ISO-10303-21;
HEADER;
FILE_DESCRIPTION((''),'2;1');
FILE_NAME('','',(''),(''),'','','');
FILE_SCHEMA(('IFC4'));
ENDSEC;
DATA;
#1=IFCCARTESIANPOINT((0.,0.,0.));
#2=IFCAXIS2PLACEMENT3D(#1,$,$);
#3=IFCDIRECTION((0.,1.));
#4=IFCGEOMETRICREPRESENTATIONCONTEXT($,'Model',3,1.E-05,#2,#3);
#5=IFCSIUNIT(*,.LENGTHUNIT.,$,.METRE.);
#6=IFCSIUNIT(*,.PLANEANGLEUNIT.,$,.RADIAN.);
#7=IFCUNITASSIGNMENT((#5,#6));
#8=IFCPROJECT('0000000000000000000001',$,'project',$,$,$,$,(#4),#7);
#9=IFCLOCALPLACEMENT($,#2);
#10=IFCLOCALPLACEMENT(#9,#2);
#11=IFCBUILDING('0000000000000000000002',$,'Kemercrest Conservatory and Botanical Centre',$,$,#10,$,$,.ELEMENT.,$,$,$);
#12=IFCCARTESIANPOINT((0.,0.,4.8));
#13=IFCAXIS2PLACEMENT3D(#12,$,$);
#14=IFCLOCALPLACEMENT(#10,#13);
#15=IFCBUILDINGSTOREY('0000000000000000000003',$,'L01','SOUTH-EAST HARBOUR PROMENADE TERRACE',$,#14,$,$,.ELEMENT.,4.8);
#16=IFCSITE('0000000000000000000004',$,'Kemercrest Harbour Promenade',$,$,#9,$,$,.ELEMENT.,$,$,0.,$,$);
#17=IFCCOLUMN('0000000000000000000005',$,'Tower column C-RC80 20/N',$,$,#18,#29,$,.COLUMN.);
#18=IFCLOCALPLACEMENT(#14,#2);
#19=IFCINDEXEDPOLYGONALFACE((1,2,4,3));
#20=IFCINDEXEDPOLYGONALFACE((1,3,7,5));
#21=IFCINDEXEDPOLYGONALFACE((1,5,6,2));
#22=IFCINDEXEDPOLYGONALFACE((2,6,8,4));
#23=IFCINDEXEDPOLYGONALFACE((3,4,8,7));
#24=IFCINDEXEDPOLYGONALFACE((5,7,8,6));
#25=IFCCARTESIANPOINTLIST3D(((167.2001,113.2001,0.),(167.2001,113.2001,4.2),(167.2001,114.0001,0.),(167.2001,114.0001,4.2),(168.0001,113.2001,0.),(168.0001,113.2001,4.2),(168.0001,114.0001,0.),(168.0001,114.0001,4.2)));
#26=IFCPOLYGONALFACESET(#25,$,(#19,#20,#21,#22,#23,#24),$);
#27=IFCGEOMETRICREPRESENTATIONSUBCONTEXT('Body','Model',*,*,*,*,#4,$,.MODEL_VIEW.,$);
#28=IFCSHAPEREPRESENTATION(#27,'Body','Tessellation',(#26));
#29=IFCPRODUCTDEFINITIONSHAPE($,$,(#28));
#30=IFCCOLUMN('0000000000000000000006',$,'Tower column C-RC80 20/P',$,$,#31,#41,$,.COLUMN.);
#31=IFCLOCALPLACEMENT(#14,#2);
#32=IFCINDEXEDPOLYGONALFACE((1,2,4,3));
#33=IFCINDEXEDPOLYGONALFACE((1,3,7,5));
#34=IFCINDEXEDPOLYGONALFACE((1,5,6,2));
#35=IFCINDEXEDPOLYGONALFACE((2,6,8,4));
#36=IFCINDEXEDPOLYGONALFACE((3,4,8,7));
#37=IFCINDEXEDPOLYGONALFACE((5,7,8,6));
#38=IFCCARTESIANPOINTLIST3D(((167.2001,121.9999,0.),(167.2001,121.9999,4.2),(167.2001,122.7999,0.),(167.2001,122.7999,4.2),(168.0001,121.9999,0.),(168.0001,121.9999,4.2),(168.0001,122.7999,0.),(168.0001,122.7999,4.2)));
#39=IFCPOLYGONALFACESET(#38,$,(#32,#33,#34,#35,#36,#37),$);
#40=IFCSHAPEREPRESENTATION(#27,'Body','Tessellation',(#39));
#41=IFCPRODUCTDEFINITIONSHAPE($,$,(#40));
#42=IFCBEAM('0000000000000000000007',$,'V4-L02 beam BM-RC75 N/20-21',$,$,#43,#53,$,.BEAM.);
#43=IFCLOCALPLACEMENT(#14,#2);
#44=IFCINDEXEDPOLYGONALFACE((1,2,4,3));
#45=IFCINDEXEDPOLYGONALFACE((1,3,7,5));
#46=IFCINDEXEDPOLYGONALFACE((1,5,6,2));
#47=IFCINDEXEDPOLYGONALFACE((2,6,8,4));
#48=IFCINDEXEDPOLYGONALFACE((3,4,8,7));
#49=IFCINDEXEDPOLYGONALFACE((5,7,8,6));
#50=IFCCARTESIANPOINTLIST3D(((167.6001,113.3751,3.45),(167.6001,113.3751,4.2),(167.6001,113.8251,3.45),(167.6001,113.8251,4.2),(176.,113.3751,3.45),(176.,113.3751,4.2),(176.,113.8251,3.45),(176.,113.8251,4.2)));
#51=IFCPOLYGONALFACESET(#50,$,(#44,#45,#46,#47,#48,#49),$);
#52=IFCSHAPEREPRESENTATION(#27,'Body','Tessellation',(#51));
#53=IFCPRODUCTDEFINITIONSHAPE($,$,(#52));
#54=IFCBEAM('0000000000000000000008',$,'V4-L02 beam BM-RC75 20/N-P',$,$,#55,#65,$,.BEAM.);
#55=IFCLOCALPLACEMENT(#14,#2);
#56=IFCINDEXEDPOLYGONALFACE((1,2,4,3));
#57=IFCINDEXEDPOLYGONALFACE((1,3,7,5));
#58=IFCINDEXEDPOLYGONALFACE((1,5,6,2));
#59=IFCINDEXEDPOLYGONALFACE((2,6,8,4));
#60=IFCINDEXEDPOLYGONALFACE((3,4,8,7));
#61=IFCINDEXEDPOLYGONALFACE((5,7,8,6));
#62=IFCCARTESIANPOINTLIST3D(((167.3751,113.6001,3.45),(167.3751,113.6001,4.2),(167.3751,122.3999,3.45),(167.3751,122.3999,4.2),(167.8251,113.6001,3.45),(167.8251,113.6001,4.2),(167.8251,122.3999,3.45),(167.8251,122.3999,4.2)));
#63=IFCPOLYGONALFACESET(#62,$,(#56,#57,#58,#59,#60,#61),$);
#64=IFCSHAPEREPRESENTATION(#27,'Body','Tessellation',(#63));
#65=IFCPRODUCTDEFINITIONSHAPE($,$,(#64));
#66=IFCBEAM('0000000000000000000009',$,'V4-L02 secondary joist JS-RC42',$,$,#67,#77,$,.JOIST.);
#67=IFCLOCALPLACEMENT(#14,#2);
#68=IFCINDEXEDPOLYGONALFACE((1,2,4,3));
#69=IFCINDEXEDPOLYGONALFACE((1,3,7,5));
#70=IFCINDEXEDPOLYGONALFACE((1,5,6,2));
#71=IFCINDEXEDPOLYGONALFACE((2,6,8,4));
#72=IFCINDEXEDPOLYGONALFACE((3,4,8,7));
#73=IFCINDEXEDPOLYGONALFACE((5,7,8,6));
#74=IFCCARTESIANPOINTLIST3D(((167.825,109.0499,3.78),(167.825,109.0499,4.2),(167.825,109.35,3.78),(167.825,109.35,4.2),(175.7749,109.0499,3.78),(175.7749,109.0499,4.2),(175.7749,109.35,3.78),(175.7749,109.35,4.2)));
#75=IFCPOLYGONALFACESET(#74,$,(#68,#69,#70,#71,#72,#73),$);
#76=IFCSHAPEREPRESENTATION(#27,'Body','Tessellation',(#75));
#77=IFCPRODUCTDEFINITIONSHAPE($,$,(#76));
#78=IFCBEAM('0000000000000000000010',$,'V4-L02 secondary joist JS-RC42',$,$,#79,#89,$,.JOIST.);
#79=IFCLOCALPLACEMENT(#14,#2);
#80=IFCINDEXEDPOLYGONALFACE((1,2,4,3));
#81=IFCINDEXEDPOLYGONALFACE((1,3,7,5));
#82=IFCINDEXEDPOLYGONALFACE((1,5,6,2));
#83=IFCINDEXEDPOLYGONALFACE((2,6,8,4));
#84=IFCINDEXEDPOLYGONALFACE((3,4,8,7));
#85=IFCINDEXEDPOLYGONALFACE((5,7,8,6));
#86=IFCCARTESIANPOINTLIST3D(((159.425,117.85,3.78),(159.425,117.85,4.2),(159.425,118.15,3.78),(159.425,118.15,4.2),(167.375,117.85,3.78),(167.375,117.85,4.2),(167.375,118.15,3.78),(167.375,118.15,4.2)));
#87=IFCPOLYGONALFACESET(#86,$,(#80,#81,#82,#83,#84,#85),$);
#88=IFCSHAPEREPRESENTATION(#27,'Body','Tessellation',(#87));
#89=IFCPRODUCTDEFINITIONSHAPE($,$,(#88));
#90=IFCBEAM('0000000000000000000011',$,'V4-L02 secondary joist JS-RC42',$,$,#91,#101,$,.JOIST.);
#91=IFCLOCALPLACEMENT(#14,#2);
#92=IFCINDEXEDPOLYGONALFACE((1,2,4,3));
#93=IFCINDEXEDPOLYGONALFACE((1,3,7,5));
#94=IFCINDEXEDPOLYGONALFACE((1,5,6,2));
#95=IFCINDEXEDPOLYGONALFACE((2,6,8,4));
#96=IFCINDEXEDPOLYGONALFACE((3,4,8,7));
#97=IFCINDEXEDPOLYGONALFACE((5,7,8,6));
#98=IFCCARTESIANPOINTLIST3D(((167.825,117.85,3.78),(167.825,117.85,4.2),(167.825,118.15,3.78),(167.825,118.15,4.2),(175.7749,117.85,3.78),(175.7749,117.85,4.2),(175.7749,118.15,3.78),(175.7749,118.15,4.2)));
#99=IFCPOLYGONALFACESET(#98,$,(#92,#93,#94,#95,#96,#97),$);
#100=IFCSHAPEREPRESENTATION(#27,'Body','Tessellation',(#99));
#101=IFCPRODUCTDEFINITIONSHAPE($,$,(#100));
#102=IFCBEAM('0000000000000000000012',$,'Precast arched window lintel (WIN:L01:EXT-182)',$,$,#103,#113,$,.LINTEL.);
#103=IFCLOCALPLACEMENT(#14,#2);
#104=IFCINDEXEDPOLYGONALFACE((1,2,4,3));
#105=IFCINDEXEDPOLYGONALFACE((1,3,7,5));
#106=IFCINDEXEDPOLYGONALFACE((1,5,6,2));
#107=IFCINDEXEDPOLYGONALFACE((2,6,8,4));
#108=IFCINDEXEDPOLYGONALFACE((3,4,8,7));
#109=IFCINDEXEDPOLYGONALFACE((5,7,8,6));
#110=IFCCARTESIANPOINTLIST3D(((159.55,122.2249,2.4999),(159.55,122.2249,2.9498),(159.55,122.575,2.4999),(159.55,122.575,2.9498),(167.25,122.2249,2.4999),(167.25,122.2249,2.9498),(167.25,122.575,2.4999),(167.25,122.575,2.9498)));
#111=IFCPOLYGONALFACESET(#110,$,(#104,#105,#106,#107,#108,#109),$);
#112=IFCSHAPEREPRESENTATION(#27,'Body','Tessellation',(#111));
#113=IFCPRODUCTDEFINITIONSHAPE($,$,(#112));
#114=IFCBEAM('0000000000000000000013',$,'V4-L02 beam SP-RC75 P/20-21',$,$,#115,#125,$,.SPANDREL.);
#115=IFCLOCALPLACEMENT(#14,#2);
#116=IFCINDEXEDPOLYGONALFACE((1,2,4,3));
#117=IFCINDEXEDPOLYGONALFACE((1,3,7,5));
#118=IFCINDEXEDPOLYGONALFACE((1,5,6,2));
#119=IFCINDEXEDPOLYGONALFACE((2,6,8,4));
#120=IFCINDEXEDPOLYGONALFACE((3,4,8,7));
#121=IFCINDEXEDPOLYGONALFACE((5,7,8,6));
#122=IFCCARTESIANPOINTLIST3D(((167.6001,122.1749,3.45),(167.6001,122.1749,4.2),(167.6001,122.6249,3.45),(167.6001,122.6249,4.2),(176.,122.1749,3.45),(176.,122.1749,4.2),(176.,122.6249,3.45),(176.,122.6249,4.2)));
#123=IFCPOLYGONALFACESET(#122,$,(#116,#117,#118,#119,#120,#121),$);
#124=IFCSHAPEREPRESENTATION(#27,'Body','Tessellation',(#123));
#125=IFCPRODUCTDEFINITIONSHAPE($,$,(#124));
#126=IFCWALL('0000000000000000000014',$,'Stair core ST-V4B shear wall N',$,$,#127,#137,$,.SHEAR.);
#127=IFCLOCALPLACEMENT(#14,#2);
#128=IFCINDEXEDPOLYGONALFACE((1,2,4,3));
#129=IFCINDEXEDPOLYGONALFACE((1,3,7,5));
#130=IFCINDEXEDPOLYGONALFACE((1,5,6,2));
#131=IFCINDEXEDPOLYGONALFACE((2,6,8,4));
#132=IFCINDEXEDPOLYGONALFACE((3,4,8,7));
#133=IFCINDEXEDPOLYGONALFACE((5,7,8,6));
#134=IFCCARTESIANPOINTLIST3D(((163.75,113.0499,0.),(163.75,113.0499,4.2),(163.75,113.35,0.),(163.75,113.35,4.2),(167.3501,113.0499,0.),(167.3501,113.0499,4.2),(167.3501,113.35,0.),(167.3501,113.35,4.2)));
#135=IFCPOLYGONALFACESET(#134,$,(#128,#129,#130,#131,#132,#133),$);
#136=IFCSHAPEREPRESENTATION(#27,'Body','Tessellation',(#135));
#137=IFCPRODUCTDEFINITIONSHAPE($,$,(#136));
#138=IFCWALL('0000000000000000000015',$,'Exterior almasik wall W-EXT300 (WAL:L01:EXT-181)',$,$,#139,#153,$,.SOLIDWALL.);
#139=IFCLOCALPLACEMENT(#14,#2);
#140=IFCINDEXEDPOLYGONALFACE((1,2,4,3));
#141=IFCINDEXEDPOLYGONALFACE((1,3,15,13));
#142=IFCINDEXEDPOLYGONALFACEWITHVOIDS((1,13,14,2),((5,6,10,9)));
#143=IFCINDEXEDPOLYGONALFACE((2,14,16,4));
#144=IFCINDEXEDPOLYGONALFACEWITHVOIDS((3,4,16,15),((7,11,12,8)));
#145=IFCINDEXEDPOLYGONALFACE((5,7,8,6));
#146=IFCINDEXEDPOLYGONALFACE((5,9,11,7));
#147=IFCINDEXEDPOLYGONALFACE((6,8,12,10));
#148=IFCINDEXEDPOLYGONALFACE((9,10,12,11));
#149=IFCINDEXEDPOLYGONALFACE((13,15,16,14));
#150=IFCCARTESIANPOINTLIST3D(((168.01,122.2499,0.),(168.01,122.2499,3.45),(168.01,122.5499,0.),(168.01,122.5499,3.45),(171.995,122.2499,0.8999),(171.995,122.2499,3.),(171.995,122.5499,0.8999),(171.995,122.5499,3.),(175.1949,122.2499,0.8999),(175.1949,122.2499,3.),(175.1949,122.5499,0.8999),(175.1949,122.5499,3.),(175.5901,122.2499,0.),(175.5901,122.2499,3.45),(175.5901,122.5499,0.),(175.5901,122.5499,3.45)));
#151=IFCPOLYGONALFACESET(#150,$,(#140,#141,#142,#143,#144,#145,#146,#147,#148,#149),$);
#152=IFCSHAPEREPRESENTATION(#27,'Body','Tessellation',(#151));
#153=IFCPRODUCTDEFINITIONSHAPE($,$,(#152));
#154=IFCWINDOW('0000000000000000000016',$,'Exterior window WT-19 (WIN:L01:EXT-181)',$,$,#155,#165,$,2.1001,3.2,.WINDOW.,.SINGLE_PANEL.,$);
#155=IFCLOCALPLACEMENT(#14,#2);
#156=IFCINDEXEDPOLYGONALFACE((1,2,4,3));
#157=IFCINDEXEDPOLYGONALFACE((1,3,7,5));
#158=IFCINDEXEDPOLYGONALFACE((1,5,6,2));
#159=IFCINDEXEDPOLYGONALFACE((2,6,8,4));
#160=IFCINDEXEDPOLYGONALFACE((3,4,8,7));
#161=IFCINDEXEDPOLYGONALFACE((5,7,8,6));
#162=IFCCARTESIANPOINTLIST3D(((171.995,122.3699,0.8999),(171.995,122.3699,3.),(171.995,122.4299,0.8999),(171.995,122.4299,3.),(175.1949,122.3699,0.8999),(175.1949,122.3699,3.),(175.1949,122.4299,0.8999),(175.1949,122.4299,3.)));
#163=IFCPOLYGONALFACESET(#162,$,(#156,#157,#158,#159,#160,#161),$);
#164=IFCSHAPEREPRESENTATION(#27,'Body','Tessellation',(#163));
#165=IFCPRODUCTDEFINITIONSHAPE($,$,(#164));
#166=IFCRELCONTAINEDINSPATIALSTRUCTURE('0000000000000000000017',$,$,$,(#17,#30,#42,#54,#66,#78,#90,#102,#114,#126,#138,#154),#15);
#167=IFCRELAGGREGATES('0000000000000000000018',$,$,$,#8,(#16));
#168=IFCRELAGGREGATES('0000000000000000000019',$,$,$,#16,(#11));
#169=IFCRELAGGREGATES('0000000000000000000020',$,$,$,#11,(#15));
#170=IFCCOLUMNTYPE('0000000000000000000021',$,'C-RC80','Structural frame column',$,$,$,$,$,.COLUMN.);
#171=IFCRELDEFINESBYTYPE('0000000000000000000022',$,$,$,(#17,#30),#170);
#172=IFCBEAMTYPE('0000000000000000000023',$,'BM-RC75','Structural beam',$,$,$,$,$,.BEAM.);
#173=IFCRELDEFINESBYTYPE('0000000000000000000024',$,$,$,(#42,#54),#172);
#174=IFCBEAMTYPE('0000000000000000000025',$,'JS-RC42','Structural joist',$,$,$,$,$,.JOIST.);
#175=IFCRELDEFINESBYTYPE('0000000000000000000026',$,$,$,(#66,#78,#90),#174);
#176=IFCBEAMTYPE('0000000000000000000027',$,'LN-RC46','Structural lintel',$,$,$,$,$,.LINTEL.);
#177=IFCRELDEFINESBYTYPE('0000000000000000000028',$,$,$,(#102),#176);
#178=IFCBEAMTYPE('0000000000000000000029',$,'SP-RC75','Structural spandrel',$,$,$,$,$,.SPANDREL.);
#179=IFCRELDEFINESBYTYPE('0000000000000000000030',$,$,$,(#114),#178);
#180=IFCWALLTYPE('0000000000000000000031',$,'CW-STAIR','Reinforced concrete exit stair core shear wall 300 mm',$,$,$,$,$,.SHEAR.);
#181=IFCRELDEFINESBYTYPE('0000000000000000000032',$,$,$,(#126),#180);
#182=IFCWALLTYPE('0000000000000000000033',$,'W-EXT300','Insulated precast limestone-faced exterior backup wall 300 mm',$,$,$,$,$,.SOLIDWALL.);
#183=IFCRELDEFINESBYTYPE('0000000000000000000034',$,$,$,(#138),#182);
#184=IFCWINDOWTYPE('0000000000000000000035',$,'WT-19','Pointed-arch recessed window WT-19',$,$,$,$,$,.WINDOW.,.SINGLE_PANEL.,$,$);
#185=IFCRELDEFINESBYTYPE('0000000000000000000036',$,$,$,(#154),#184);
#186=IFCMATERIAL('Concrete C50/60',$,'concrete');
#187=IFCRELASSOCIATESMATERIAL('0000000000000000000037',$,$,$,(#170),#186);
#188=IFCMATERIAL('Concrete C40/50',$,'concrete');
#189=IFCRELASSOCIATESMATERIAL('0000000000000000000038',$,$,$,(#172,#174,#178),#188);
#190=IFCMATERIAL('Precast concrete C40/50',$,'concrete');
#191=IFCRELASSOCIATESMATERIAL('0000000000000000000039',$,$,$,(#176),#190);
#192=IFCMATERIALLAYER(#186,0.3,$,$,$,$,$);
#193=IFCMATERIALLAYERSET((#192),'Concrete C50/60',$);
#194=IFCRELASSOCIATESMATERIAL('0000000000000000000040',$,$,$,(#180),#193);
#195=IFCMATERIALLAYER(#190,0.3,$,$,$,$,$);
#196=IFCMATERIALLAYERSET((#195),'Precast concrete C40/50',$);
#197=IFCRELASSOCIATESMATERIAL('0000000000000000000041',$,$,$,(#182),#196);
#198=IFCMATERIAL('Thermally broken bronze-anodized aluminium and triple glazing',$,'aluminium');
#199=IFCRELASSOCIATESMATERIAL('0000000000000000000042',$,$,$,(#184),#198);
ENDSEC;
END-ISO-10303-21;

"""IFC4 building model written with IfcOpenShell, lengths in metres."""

from ifc_helpers import new_model, si_unit, direction, frame, frame_2d, origin, origin_2d, place, context, subcontext, project, spatial, rectangle, extrude, material, layer, layer_set, material_profile, profile_set, type_object, element, fill, save


model = new_model("IFC4")

# Units and contexts
model_context = context("Model", 3, precision=1e-05, world=origin(), true_north=direction((0.0, 1.0)))
body_context = subcontext(model_context, "Body", "Model", "MODEL_VIEW")
ifc_project = project(units=[si_unit("LENGTHUNIT", "METRE"), si_unit("PLANEANGLEUNIT", "RADIAN")], contexts=[model_context])

# Site, building, storey
site_placement = place(None, origin())
site = spatial("IfcSite", under=ifc_project, at=site_placement, Name="Kemercrest Harbour Promenade", CompositionType="ELEMENT", RefElevation=0.0)
building_placement = place(site_placement, origin())
building = spatial("IfcBuilding", under=site, at=building_placement, Name="Kemercrest Conservatory and Botanical Centre", CompositionType="ELEMENT")
storey_placement = place(building_placement, frame((0.0, 0.0, 4.8)))
storey = spatial("IfcBuildingStorey", under=building, at=storey_placement, Name="L01", Description="SOUTH-EAST HARBOUR PROMENADE TERRACE", CompositionType="ELEMENT", Elevation=4.8)

# Columns
ifc_material_1 = material(Name="Concrete C50/60", Category="concrete")
ifc_material_profile_1 = material_profile(ifc_material_1, rectangle(XDim=0.8, YDim=0.8, at=origin_2d()), Name="RC 800x800")
ifc_profile_set_1 = profile_set([ifc_material_profile_1], Name="Concrete C50/60")
column_type = type_object("IfcColumnType", Name="C-RC80", Description="Structural frame column", PredefinedType="COLUMN", material=ifc_profile_set_1)
for number, where, z_axis, x_axis, name in (
    (1, (167.6001, 113.6001, 0.0), (0.0, 0.0, 1.0), (1.0, 0.0, 0.0), "Tower column C-RC80 20/N"),
    (2, (167.6001, 122.3999, 0.0), (0.0, 0.0, 1.0), (1.0, 0.0, 0.0), "Tower column C-RC80 20/P"),
):
    element("IfcColumn", number, at=place(storey_placement, frame(where, z_axis=z_axis, x_axis=x_axis)), inside=storey, type_object=column_type, Name=name, PredefinedType="COLUMN", context=body_context, shape_type="SweptSolid", body=[
        extrude(rectangle(XDim=0.8, YDim=0.8, at=origin_2d()), origin(), (0.0, 0.0, 1.0), 4.2),
    ])

# Beams
ifc_material_2 = material(Name="Concrete C40/50", Category="concrete")
ifc_material_profile_2 = material_profile(ifc_material_2, rectangle(XDim=0.45, YDim=0.75, at=origin_2d()), Name="RC 450x750")
ifc_profile_set_2 = profile_set([ifc_material_profile_2], Name="Concrete C40/50")
beam_type_1 = type_object("IfcBeamType", Name="BM-RC75", Description="Structural beam", PredefinedType="BEAM", material=ifc_profile_set_2)
beam_1_placement = place(storey_placement, frame((167.6001, 113.6001, 3.825), z_axis=(1.0, 0.0, 0.0), x_axis=(0.0, 1.0, 0.0)))
element("IfcBeam", 3, at=beam_1_placement, inside=storey, type_object=beam_type_1, Name="V4-L02 beam BM-RC75 N/20-21", PredefinedType="BEAM", context=body_context, shape_type="SweptSolid", body=[
    extrude(rectangle(XDim=0.45, YDim=0.75, at=origin_2d()), origin(), (0.0, 0.0, 1.0), 8.3999),
])
beam_2_placement = place(storey_placement, frame((167.6001, 113.6001, 3.825), z_axis=(0.0, 1.0, 0.0), x_axis=(-1.0, 0.0, 0.0)))
element("IfcBeam", 4, at=beam_2_placement, inside=storey, type_object=beam_type_1, Name="V4-L02 beam BM-RC75 20/N-P", PredefinedType="BEAM", context=body_context, shape_type="SweptSolid", body=[
    extrude(rectangle(XDim=0.45, YDim=0.75, at=origin_2d()), origin(), (0.0, 0.0, 1.0), 8.7998),
])
ifc_material_profile_3 = material_profile(ifc_material_2, rectangle(XDim=0.3, YDim=0.4199, at=origin_2d()), Name="RC 300x420")
ifc_profile_set_3 = profile_set([ifc_material_profile_3], Name="Concrete C40/50")
beam_type_2 = type_object("IfcBeamType", Name="JS-RC42", Description="Structural joist", PredefinedType="JOIST", material=ifc_profile_set_3)
for number, where, z_axis, x_axis, name in (
    (5, (167.825, 109.2, 3.99), (1.0, 0.0, 0.0), (0.0, 1.0, 0.0), "V4-L02 secondary joist JS-RC42"),
    (6, (159.425, 118.0, 3.99), (1.0, 0.0, 0.0), (0.0, 1.0, 0.0), "V4-L02 secondary joist JS-RC42"),
    (7, (167.825, 118.0, 3.99), (1.0, 0.0, 0.0), (0.0, 1.0, 0.0), "V4-L02 secondary joist JS-RC42"),
):
    element("IfcBeam", number, at=place(storey_placement, frame(where, z_axis=z_axis, x_axis=x_axis)), inside=storey, type_object=beam_type_2, Name=name, PredefinedType="JOIST", context=body_context, shape_type="SweptSolid", body=[
        extrude(rectangle(XDim=0.3, YDim=0.4199, at=origin_2d()), origin(), (0.0, 0.0, 1.0), 7.95),
    ])
ifc_material_3 = material(Name="Precast concrete C40/50", Category="concrete")
ifc_material_profile_4 = material_profile(ifc_material_3, rectangle(XDim=0.3501, YDim=0.45, at=origin_2d()), Name="RC 350x450")
ifc_profile_set_4 = profile_set([ifc_material_profile_4], Name="Precast concrete C40/50")
beam_type_3 = type_object("IfcBeamType", Name="LN-RC46", Description="Structural lintel", PredefinedType="LINTEL", material=ifc_profile_set_4)
beam_3_placement = place(storey_placement, frame((167.25, 122.3999, 2.7249), z_axis=(-1.0, 0.0, 0.0), x_axis=(0.0, -1.0, 0.0)))
element("IfcBeam", 8, at=beam_3_placement, inside=storey, type_object=beam_type_3, Name="Precast arched window lintel (WIN:L01:EXT-182)", PredefinedType="LINTEL", context=body_context, shape_type="SweptSolid", body=[
    extrude(rectangle(XDim=0.3501, YDim=0.45, at=origin_2d()), origin(), (0.0, 0.0, 1.0), 7.7),
])
ifc_material_profile_5 = material_profile(ifc_material_2, rectangle(XDim=0.45, YDim=0.75, at=origin_2d()), Name="RC 450x750")
ifc_profile_set_5 = profile_set([ifc_material_profile_5], Name="Concrete C40/50")
beam_type_4 = type_object("IfcBeamType", Name="SP-RC75", Description="Structural spandrel", PredefinedType="SPANDREL", material=ifc_profile_set_5)
beam_4_placement = place(storey_placement, frame((167.6001, 122.3999, 3.825), z_axis=(1.0, 0.0, 0.0), x_axis=(0.0, 1.0, 0.0)))
element("IfcBeam", 9, at=beam_4_placement, inside=storey, type_object=beam_type_4, Name="V4-L02 beam SP-RC75 P/20-21", PredefinedType="SPANDREL", context=body_context, shape_type="SweptSolid", body=[
    extrude(rectangle(XDim=0.45, YDim=0.75, at=origin_2d()), origin(), (0.0, 0.0, 1.0), 8.3999),
])

# Wall
ifc_layer_1 = layer(ifc_material_1, 0.3)
ifc_layer_set_1 = layer_set([ifc_layer_1], Name="Concrete C50/60")
wall_type_1 = type_object("IfcWallType", Name="CW-STAIR", Description="Reinforced concrete exit stair core shear wall 300 mm", PredefinedType="SHEAR", material=ifc_layer_set_1)
wall_1_placement = place(storey_placement, frame((163.75, 113.2, 0.0), z_axis=(0.0, 0.0, 1.0), x_axis=(1.0, 0.0, 0.0)))
element("IfcWall", 10, at=wall_1_placement, inside=storey, type_object=wall_type_1, Name="Stair core ST-V4B shear wall N", PredefinedType="SHEAR", context=body_context, shape_type="SweptSolid", body=[
    extrude(rectangle(XDim=3.6001, YDim=0.3, at=frame_2d((1.8, 0.0))), origin(), (0.0, 0.0, 1.0), 4.2),
])

# Wall, opening, window
ifc_layer_2 = layer(ifc_material_3, 0.3)
ifc_layer_set_2 = layer_set([ifc_layer_2], Name="Precast concrete C40/50")
wall_type_2 = type_object("IfcWallType", Name="W-EXT300", Description="Insulated precast limestone-faced exterior backup wall 300 mm", PredefinedType="SOLIDWALL", material=ifc_layer_set_2)
wall_2_placement = place(storey_placement, frame((175.5901, 122.3999, 0.0), z_axis=(0.0, 0.0, 1.0), x_axis=(-1.0, 0.0, 0.0)))
wall_2 = element("IfcWall", 11, at=wall_2_placement, inside=storey, type_object=wall_type_2, Name="Exterior almasik wall W-EXT300 (WAL:L01:EXT-181)", PredefinedType="SOLIDWALL", context=body_context, shape_type="SweptSolid", body=[
    extrude(rectangle(XDim=7.5801, YDim=0.3, at=frame_2d((3.79, 0.0))), origin(), (0.0, 0.0, 1.0), 3.45),
])
opening_1_placement = place(wall_2_placement, frame((0.395, 0.0, 0.8999)))
opening_1 = element("IfcOpeningElement", 12, at=opening_1_placement, cuts=wall_2, PredefinedType="OPENING", context=body_context, shape_type="SweptSolid", body=[
    extrude(rectangle(XDim=3.2, YDim=2.1001, at=frame_2d((1.6001, 1.05))), frame((0.0, 0.1602, 0.0), z_axis=(0.0, -1.0, 0.0), x_axis=(1.0, 0.0, 0.0)), (0.0, 0.0, 1.0), 0.3201),
])
ifc_material_4 = material(Name="Thermally broken bronze-anodized aluminium and triple glazing", Category="aluminium")
window_type_1 = type_object("IfcWindowType", Name="WT-19", Description="Pointed-arch recessed window WT-19", PartitioningType="SINGLE_PANEL", PredefinedType="WINDOW", material=ifc_material_4)
window_1_placement = place(opening_1_placement, origin())
window_1 = element("IfcWindow", 13, at=window_1_placement, inside=storey, type_object=window_type_1, Name="Exterior window WT-19 (WIN:L01:EXT-181)", OverallHeight=2.1001, OverallWidth=3.2, PartitioningType="SINGLE_PANEL", PredefinedType="WINDOW", context=body_context, shape_type="SweptSolid", body=[
    extrude(rectangle(XDim=3.2, YDim=2.1001, at=frame_2d((1.6001, 1.05))), frame((0.0, 0.03, 0.0), z_axis=(0.0, -1.0, 0.0), x_axis=(1.0, 0.0, 0.0)), (0.0, 0.0, 1.0), 0.0601),
])
fill(opening_1, window_1)

save(model, "model.ifc")
